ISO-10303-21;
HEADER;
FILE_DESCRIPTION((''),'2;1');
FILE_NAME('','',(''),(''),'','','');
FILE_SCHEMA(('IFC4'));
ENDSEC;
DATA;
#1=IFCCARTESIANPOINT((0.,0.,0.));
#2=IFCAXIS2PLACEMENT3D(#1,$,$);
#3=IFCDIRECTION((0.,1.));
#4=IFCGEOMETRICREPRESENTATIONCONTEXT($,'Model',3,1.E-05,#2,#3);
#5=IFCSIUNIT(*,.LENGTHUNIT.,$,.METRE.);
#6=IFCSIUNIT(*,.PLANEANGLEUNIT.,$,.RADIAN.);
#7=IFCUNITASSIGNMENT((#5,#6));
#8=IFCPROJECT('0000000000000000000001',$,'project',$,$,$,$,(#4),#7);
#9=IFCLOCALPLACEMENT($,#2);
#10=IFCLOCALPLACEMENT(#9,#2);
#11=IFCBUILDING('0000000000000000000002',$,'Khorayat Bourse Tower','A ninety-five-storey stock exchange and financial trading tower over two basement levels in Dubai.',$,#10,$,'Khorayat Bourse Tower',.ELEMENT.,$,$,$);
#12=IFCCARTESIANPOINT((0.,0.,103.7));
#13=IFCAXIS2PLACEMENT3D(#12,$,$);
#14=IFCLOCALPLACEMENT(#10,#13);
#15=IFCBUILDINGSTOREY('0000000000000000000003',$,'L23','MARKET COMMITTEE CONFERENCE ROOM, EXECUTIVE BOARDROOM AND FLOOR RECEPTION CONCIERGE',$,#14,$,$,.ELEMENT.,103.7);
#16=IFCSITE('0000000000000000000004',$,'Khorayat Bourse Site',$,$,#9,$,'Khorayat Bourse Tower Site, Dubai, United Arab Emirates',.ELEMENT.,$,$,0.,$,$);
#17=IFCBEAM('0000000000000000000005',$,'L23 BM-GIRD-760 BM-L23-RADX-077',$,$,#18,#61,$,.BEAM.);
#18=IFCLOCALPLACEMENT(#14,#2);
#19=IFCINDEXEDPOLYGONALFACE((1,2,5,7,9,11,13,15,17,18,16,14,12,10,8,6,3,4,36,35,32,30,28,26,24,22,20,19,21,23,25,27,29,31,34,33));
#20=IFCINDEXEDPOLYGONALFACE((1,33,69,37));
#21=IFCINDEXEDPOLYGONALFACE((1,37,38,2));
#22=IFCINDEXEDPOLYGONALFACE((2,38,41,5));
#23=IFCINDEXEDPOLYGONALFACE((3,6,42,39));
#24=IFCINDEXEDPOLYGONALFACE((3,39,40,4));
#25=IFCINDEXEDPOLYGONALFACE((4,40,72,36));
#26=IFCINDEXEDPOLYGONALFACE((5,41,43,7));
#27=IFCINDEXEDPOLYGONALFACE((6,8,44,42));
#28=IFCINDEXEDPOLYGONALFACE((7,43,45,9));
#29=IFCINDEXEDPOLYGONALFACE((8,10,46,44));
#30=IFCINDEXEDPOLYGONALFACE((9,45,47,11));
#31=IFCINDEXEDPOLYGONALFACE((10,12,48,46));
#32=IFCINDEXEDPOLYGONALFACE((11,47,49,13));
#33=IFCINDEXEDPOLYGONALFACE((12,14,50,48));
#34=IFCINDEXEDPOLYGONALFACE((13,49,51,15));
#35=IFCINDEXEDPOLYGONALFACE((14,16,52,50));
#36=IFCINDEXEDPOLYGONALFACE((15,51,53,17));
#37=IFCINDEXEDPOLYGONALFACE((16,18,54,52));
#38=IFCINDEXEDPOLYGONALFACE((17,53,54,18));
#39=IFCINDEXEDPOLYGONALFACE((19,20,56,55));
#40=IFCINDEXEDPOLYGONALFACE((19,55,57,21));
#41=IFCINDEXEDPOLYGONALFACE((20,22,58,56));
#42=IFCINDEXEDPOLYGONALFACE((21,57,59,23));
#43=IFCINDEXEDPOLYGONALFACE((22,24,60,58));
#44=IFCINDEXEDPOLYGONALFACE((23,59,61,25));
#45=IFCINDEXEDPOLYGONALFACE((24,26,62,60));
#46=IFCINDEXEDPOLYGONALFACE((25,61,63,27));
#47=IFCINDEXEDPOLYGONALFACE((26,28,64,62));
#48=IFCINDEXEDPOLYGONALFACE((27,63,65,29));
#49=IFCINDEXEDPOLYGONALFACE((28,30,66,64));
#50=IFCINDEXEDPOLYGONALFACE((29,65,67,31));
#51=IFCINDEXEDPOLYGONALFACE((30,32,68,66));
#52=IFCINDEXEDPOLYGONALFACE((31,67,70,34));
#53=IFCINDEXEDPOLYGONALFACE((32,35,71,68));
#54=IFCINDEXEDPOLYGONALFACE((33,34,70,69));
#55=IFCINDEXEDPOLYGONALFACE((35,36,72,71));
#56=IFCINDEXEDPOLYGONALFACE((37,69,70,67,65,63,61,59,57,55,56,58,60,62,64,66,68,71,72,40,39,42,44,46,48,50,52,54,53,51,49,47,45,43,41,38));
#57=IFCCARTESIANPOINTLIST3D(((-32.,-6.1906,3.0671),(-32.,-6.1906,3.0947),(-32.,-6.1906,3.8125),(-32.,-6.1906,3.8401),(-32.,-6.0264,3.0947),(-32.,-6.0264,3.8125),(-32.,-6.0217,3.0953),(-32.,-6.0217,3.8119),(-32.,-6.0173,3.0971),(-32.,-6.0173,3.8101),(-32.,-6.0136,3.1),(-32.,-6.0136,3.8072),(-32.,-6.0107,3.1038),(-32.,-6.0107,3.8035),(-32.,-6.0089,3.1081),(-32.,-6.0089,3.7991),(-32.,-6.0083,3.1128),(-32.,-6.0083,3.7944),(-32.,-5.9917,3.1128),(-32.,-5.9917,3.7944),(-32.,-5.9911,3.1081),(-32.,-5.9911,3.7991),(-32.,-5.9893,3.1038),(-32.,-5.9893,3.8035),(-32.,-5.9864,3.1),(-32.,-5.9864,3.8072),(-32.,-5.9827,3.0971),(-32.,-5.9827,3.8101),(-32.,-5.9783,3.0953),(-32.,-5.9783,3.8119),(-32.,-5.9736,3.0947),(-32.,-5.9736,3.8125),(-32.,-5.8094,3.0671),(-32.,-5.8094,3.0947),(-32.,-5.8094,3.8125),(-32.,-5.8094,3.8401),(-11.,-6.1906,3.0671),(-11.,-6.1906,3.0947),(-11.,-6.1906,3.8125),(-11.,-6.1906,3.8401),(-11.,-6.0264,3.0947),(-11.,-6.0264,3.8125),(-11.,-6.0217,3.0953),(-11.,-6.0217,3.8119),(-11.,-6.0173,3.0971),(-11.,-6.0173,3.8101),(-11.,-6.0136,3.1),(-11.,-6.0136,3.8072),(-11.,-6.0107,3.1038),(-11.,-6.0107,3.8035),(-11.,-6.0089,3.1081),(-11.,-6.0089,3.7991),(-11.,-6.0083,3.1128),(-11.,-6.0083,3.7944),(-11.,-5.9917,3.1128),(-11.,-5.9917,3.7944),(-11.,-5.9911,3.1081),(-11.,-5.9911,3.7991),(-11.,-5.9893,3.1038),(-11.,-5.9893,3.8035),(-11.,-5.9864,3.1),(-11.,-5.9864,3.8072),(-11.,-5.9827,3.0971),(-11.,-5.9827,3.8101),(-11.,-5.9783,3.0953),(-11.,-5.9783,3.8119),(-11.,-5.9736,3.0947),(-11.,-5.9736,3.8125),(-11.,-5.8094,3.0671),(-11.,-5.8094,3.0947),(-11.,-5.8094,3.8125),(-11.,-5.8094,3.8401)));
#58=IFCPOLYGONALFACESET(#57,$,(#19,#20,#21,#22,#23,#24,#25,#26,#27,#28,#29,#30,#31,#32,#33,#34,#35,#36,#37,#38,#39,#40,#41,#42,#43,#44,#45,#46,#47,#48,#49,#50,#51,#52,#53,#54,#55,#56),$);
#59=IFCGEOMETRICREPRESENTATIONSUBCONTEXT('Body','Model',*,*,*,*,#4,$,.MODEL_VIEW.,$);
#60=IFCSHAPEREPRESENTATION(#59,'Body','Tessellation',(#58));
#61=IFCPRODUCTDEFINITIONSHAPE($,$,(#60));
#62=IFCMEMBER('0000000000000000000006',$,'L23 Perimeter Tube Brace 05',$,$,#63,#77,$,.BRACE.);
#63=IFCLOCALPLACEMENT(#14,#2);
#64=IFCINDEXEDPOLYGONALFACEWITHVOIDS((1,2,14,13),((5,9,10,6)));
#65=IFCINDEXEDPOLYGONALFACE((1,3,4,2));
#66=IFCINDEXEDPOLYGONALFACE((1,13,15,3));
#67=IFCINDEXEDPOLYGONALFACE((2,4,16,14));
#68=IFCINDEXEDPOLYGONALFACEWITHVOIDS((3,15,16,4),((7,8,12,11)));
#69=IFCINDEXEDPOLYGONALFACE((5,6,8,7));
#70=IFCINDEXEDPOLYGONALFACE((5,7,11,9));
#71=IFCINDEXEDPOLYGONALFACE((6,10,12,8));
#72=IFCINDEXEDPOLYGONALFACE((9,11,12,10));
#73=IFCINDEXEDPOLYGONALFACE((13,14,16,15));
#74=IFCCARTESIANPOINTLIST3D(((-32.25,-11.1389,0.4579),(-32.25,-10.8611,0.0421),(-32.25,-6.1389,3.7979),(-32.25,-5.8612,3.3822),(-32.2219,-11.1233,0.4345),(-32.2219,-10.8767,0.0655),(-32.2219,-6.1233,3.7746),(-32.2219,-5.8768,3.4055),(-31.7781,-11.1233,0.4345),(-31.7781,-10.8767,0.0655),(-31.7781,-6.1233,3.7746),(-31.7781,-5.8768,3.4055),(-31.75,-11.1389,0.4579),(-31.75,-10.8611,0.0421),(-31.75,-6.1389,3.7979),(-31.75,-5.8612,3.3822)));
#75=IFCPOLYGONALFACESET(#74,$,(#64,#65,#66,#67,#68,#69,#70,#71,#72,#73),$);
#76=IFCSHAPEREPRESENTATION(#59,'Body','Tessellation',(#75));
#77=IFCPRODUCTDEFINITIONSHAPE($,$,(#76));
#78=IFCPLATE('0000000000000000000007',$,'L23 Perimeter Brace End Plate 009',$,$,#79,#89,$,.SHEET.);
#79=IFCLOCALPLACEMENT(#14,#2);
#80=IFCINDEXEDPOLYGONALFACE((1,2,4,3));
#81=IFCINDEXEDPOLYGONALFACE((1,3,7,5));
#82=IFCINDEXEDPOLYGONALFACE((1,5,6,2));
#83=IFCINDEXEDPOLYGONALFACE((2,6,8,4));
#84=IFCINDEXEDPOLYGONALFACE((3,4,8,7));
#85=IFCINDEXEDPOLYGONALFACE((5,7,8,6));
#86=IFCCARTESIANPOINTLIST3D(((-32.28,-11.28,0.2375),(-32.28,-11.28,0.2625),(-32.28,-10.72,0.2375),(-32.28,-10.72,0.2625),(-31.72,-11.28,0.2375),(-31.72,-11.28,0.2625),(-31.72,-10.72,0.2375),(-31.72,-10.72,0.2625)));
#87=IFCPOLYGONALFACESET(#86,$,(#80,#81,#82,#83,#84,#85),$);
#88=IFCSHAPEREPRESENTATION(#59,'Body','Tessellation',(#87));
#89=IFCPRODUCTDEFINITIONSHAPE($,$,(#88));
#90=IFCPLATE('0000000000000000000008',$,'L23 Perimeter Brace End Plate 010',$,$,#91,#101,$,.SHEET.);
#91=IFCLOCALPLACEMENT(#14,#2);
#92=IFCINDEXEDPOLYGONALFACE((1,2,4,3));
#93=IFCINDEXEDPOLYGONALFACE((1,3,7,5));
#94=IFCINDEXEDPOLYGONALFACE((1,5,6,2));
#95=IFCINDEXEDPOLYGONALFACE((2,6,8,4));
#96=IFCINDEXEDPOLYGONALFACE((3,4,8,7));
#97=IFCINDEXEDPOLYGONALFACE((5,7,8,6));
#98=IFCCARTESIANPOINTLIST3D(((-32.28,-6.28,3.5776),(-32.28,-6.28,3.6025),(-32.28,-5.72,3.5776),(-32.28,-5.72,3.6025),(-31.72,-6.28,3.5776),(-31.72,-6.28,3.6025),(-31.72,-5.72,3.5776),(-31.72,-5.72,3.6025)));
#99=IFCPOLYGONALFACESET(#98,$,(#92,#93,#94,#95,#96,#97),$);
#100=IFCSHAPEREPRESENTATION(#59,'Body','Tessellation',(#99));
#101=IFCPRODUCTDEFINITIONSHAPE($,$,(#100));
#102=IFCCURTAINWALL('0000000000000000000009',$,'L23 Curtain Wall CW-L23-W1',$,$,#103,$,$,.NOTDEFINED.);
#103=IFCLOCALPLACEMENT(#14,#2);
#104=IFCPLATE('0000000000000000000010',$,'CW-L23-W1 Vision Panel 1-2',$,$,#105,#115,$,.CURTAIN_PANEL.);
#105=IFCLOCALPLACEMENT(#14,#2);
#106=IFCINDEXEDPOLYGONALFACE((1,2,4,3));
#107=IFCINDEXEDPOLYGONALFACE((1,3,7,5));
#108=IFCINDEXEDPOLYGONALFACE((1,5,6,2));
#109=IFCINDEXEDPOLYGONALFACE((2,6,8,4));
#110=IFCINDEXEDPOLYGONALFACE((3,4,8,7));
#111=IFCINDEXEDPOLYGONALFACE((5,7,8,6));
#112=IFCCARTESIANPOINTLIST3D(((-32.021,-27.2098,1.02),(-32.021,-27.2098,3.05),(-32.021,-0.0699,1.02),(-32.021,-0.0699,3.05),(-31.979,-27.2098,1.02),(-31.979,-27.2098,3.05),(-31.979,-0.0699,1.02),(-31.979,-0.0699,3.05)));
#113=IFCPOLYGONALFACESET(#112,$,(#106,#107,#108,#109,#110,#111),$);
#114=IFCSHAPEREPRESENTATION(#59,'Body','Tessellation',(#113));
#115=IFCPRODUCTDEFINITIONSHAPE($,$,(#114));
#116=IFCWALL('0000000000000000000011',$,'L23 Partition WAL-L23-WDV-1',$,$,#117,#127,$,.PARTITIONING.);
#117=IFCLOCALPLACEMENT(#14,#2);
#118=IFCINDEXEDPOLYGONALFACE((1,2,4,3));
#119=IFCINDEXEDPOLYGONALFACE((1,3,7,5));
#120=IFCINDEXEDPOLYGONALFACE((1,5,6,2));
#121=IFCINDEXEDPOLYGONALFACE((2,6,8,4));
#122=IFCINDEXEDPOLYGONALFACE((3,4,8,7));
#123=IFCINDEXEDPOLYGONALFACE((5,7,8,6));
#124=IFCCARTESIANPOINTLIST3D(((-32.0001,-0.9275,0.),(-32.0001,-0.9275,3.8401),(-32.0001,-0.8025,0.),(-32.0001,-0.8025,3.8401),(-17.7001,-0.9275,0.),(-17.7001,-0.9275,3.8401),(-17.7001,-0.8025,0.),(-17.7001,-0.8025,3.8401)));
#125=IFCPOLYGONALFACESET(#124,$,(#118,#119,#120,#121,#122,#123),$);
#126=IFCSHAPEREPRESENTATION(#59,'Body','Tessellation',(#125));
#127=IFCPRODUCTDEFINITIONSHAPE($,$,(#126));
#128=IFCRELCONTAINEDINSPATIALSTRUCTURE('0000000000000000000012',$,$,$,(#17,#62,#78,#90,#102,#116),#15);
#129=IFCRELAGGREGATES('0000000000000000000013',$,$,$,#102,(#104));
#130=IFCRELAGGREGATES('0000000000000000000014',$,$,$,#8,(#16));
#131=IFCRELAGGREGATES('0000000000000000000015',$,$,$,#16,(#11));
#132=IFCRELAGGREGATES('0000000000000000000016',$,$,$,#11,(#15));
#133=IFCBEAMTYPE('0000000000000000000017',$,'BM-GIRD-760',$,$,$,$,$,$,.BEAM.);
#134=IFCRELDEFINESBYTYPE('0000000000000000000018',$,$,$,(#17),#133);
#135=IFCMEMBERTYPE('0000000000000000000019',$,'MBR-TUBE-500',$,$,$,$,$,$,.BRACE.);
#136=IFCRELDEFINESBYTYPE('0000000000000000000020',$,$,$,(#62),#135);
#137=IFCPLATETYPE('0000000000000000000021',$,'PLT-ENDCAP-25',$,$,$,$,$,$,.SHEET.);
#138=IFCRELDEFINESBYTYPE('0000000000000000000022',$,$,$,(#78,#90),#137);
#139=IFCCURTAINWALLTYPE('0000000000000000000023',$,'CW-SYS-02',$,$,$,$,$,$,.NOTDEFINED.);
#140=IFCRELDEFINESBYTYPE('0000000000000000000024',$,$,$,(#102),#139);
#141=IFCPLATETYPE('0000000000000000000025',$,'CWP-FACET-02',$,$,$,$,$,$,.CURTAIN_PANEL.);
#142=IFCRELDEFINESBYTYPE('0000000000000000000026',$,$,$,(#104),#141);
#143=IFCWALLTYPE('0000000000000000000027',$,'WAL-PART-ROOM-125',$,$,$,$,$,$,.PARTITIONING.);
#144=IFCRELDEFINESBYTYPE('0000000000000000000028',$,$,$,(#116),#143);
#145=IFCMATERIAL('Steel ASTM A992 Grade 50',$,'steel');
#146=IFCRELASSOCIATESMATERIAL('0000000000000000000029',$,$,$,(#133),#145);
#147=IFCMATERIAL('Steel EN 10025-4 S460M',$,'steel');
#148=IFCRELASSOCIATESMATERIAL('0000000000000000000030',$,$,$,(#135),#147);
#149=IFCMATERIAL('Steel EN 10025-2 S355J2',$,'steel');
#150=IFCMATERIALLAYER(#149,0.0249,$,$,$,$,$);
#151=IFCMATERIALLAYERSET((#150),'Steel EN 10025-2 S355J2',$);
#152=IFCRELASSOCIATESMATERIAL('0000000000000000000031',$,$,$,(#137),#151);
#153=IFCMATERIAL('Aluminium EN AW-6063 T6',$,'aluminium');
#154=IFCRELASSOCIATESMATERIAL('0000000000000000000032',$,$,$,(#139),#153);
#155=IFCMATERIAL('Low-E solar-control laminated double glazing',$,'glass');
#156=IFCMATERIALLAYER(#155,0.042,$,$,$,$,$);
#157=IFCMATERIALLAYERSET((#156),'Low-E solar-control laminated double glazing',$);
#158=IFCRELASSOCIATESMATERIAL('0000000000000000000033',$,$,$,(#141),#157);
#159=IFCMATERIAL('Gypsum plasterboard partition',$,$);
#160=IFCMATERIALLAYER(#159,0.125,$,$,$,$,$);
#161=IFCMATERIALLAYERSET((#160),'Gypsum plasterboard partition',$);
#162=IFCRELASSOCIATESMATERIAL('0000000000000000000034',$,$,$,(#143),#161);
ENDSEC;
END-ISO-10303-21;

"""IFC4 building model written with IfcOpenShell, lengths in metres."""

from ifc_helpers import new_model, si_unit, direction, frame, frame_2d, origin, origin_2d, place, context, subcontext, project, spatial, rectangle, hollow_rectangle, i_section, extrude, source, transform, mapped, material, layer, layer_set, material_profile, profile_set, type_object, element, aggregate, save


model = new_model("IFC4")

# Units and contexts
model_context = context("Model", 3, precision=1e-05, world=origin(), true_north=direction((0.0, 1.0)))
body_context = subcontext(model_context, "Body", "Model", "MODEL_VIEW")
ifc_project = project(units=[si_unit("LENGTHUNIT", "METRE"), si_unit("PLANEANGLEUNIT", "RADIAN")], contexts=[model_context])

# Site, building, storey
site_placement = place(None, origin())
site = spatial("IfcSite", under=ifc_project, at=site_placement, Name="Khorayat Bourse Site", LongName="Khorayat Bourse Tower Site, Dubai, United Arab Emirates", CompositionType="ELEMENT", RefElevation=0.0)
building_placement = place(site_placement, origin())
building = spatial("IfcBuilding", under=site, at=building_placement, Name="Khorayat Bourse Tower", Description="A ninety-five-storey stock exchange and financial trading tower over two basement levels in Dubai.", LongName="Khorayat Bourse Tower", CompositionType="ELEMENT")
storey_placement = place(building_placement, frame((0.0, 0.0, 103.7)))
storey = spatial("IfcBuildingStorey", under=building, at=storey_placement, Name="L23", Description="MARKET COMMITTEE CONFERENCE ROOM, EXECUTIVE BOARDROOM AND FLOOR RECEPTION CONCIERGE", CompositionType="ELEMENT", Elevation=103.7)

# Shared definitions
ifc_material_1 = material(Name="Steel EN 10025-4 S460M", Category="steel")

# Beam
ifc_material_2 = material(Name="Steel ASTM A992 Grade 50", Category="steel")
ifc_material_profile_1 = material_profile(ifc_material_2, i_section(OverallWidth=0.3811, OverallDepth=0.7729, WebThickness=0.0166, FlangeThickness=0.0276, FilletRadius=0.0181, at=origin_2d()), Name="W760X257")
ifc_profile_set_1 = profile_set([ifc_material_profile_1], Name="Steel ASTM A992 Grade 50")
beam_type_1 = type_object("IfcBeamType", Name="BM-GIRD-760", PredefinedType="BEAM", material=ifc_profile_set_1)
shared_shape_1 = source(origin(), body_context, "Body", "SweptSolid", [
    extrude(i_section(OverallWidth=0.3811, OverallDepth=0.7729, WebThickness=0.0166, FlangeThickness=0.0276, FilletRadius=0.0181, at=origin_2d()), origin(), (0.0, 0.0, 1.0), 21.0),
])
for number, where, z_axis, x_axis, name in (
    (1, (-32.0, -6.0, 3.4536), (1.0, 0.0, 0.0), (0.0, 1.0, 0.0), "L23 BM-GIRD-760 BM-L23-RADX-077"),
):
    element("IfcBeam", number, at=place(storey_placement, frame(where, z_axis=z_axis, x_axis=x_axis)), inside=storey, type_object=beam_type_1, Name=name, PredefinedType="BEAM", context=body_context, shape_type="MappedRepresentation", body=[
        mapped(shared_shape_1, transform((0.0, 0.0, 0.0), scale=1.0)),
    ])

# Member
ifc_material_profile_2 = material_profile(ifc_material_1, hollow_rectangle(XDim=0.5, YDim=0.5, WallThickness=0.0281, at=origin_2d()), Name="HSS 500x500x28")
ifc_profile_set_2 = profile_set([ifc_material_profile_2], Name="Steel EN 10025-4 S460M")
member_type = type_object("IfcMemberType", Name="MBR-TUBE-500", PredefinedType="BRACE", material=ifc_profile_set_2)
shared_shape_2 = source(origin(), body_context, "Body", "SweptSolid", [
    extrude(hollow_rectangle(XDim=0.5, YDim=0.5, WallThickness=0.0281, at=origin_2d()), origin(), (0.0, 0.0, 1.0), 6.0129),
])
member_placement = place(storey_placement, frame((-32.0, -11.0, 0.25), z_axis=(0.0, 0.831531, 0.555478), x_axis=(-1.0, 0.0, 0.0)))
element("IfcMember", 2, at=member_placement, inside=storey, type_object=member_type, Name="L23 Perimeter Tube Brace 05", PredefinedType="BRACE", context=body_context, shape_type="MappedRepresentation", body=[
    mapped(shared_shape_2, transform((0.0, 0.0, 0.0), scale=1.0)),
])

# Plates
ifc_material_3 = material(Name="Steel EN 10025-2 S355J2", Category="steel")
ifc_layer_1 = layer(ifc_material_3, 0.0249)
ifc_layer_set_1 = layer_set([ifc_layer_1], Name="Steel EN 10025-2 S355J2")
plate_type_1 = type_object("IfcPlateType", Name="PLT-ENDCAP-25", PredefinedType="SHEET", material=ifc_layer_set_1)
shared_shape_3 = source(origin(), body_context, "Body", "SweptSolid", [
    extrude(rectangle(XDim=0.5601, YDim=0.5601, at=origin_2d()), origin(), (0.0, 0.0, 1.0), 0.0249),
])
for number, where, z_axis, x_axis, name in (
    (3, (-32.0, -11.0, 0.2375), (0.0, 0.0, 1.0), (1.0, 0.0, 0.0), "L23 Perimeter Brace End Plate 009"),
    (4, (-32.0, -6.0, 3.5776), (0.0, 0.0, 1.0), (1.0, 0.0, 0.0), "L23 Perimeter Brace End Plate 010"),
):
    element("IfcPlate", number, at=place(storey_placement, frame(where, z_axis=z_axis, x_axis=x_axis)), inside=storey, type_object=plate_type_1, Name=name, PredefinedType="SHEET", context=body_context, shape_type="MappedRepresentation", body=[
        mapped(shared_shape_3, transform((0.0, 0.0, 0.0), scale=1.0)),
    ])

# Curtain wall, plate
ifc_material_4 = material(Name="Aluminium EN AW-6063 T6", Category="aluminium")
curtain_wall_type = type_object("IfcCurtainWallType", Name="CW-SYS-02", PredefinedType="NOTDEFINED", material=ifc_material_4)
curtain_wall_placement = place(storey_placement, origin())
curtain_wall = element("IfcCurtainWall", 5, at=curtain_wall_placement, inside=storey, type_object=curtain_wall_type, Name="L23 Curtain Wall CW-L23-W1", PredefinedType="NOTDEFINED")
ifc_material_5 = material(Name="Low-E solar-control laminated double glazing", Category="glass")
ifc_layer_2 = layer(ifc_material_5, 0.042)
ifc_layer_set_2 = layer_set([ifc_layer_2], Name="Low-E solar-control laminated double glazing")
plate_type_2 = type_object("IfcPlateType", Name="CWP-FACET-02", PredefinedType="CURTAIN_PANEL", material=ifc_layer_set_2)
shared_shape_4 = source(origin(), body_context, "Body", "SweptSolid", [
    extrude(rectangle(XDim=27.1399, YDim=0.042, at=origin_2d()), origin(), (0.0, 0.0, 1.0), 2.03),
])
plate_placement = place(storey_placement, frame((-32.0, -13.6399, 1.02), z_axis=(0.0, 0.0, 1.0), x_axis=(0.0, 1.0, 0.0)))
plate = element("IfcPlate", 6, at=plate_placement, type_object=plate_type_2, Name="CW-L23-W1 Vision Panel 1-2", PredefinedType="CURTAIN_PANEL", context=body_context, shape_type="MappedRepresentation", body=[
    mapped(shared_shape_4, transform((0.0, 0.0, 0.0), scale=1.0)),
])
aggregate(curtain_wall, [plate])

# Wall
ifc_material_6 = material(Name="Gypsum plasterboard partition")
ifc_layer_3 = layer(ifc_material_6, 0.125)
ifc_layer_set_3 = layer_set([ifc_layer_3], Name="Gypsum plasterboard partition")
wall_type = type_object("IfcWallType", Name="WAL-PART-ROOM-125", PredefinedType="PARTITIONING", material=ifc_layer_set_3)
shared_shape_5 = source(origin(), body_context, "Body", "SweptSolid", [
    extrude(rectangle(XDim=14.3, YDim=0.125, at=frame_2d((7.1499, 0.0))), origin(), (0.0, 0.0, 1.0), 3.8401),
])
wall_placement = place(storey_placement, frame((-32.0, -0.865, 0.0), z_axis=(0.0, 0.0, 1.0), x_axis=(1.0, 0.0, 0.0)))
element("IfcWall", 7, at=wall_placement, inside=storey, type_object=wall_type, Name="L23 Partition WAL-L23-WDV-1", PredefinedType="PARTITIONING", context=body_context, shape_type="MappedRepresentation", body=[
    mapped(shared_shape_5, transform((0.0, 0.0, 0.0), scale=1.0)),
])

save(model, "model.ifc")
